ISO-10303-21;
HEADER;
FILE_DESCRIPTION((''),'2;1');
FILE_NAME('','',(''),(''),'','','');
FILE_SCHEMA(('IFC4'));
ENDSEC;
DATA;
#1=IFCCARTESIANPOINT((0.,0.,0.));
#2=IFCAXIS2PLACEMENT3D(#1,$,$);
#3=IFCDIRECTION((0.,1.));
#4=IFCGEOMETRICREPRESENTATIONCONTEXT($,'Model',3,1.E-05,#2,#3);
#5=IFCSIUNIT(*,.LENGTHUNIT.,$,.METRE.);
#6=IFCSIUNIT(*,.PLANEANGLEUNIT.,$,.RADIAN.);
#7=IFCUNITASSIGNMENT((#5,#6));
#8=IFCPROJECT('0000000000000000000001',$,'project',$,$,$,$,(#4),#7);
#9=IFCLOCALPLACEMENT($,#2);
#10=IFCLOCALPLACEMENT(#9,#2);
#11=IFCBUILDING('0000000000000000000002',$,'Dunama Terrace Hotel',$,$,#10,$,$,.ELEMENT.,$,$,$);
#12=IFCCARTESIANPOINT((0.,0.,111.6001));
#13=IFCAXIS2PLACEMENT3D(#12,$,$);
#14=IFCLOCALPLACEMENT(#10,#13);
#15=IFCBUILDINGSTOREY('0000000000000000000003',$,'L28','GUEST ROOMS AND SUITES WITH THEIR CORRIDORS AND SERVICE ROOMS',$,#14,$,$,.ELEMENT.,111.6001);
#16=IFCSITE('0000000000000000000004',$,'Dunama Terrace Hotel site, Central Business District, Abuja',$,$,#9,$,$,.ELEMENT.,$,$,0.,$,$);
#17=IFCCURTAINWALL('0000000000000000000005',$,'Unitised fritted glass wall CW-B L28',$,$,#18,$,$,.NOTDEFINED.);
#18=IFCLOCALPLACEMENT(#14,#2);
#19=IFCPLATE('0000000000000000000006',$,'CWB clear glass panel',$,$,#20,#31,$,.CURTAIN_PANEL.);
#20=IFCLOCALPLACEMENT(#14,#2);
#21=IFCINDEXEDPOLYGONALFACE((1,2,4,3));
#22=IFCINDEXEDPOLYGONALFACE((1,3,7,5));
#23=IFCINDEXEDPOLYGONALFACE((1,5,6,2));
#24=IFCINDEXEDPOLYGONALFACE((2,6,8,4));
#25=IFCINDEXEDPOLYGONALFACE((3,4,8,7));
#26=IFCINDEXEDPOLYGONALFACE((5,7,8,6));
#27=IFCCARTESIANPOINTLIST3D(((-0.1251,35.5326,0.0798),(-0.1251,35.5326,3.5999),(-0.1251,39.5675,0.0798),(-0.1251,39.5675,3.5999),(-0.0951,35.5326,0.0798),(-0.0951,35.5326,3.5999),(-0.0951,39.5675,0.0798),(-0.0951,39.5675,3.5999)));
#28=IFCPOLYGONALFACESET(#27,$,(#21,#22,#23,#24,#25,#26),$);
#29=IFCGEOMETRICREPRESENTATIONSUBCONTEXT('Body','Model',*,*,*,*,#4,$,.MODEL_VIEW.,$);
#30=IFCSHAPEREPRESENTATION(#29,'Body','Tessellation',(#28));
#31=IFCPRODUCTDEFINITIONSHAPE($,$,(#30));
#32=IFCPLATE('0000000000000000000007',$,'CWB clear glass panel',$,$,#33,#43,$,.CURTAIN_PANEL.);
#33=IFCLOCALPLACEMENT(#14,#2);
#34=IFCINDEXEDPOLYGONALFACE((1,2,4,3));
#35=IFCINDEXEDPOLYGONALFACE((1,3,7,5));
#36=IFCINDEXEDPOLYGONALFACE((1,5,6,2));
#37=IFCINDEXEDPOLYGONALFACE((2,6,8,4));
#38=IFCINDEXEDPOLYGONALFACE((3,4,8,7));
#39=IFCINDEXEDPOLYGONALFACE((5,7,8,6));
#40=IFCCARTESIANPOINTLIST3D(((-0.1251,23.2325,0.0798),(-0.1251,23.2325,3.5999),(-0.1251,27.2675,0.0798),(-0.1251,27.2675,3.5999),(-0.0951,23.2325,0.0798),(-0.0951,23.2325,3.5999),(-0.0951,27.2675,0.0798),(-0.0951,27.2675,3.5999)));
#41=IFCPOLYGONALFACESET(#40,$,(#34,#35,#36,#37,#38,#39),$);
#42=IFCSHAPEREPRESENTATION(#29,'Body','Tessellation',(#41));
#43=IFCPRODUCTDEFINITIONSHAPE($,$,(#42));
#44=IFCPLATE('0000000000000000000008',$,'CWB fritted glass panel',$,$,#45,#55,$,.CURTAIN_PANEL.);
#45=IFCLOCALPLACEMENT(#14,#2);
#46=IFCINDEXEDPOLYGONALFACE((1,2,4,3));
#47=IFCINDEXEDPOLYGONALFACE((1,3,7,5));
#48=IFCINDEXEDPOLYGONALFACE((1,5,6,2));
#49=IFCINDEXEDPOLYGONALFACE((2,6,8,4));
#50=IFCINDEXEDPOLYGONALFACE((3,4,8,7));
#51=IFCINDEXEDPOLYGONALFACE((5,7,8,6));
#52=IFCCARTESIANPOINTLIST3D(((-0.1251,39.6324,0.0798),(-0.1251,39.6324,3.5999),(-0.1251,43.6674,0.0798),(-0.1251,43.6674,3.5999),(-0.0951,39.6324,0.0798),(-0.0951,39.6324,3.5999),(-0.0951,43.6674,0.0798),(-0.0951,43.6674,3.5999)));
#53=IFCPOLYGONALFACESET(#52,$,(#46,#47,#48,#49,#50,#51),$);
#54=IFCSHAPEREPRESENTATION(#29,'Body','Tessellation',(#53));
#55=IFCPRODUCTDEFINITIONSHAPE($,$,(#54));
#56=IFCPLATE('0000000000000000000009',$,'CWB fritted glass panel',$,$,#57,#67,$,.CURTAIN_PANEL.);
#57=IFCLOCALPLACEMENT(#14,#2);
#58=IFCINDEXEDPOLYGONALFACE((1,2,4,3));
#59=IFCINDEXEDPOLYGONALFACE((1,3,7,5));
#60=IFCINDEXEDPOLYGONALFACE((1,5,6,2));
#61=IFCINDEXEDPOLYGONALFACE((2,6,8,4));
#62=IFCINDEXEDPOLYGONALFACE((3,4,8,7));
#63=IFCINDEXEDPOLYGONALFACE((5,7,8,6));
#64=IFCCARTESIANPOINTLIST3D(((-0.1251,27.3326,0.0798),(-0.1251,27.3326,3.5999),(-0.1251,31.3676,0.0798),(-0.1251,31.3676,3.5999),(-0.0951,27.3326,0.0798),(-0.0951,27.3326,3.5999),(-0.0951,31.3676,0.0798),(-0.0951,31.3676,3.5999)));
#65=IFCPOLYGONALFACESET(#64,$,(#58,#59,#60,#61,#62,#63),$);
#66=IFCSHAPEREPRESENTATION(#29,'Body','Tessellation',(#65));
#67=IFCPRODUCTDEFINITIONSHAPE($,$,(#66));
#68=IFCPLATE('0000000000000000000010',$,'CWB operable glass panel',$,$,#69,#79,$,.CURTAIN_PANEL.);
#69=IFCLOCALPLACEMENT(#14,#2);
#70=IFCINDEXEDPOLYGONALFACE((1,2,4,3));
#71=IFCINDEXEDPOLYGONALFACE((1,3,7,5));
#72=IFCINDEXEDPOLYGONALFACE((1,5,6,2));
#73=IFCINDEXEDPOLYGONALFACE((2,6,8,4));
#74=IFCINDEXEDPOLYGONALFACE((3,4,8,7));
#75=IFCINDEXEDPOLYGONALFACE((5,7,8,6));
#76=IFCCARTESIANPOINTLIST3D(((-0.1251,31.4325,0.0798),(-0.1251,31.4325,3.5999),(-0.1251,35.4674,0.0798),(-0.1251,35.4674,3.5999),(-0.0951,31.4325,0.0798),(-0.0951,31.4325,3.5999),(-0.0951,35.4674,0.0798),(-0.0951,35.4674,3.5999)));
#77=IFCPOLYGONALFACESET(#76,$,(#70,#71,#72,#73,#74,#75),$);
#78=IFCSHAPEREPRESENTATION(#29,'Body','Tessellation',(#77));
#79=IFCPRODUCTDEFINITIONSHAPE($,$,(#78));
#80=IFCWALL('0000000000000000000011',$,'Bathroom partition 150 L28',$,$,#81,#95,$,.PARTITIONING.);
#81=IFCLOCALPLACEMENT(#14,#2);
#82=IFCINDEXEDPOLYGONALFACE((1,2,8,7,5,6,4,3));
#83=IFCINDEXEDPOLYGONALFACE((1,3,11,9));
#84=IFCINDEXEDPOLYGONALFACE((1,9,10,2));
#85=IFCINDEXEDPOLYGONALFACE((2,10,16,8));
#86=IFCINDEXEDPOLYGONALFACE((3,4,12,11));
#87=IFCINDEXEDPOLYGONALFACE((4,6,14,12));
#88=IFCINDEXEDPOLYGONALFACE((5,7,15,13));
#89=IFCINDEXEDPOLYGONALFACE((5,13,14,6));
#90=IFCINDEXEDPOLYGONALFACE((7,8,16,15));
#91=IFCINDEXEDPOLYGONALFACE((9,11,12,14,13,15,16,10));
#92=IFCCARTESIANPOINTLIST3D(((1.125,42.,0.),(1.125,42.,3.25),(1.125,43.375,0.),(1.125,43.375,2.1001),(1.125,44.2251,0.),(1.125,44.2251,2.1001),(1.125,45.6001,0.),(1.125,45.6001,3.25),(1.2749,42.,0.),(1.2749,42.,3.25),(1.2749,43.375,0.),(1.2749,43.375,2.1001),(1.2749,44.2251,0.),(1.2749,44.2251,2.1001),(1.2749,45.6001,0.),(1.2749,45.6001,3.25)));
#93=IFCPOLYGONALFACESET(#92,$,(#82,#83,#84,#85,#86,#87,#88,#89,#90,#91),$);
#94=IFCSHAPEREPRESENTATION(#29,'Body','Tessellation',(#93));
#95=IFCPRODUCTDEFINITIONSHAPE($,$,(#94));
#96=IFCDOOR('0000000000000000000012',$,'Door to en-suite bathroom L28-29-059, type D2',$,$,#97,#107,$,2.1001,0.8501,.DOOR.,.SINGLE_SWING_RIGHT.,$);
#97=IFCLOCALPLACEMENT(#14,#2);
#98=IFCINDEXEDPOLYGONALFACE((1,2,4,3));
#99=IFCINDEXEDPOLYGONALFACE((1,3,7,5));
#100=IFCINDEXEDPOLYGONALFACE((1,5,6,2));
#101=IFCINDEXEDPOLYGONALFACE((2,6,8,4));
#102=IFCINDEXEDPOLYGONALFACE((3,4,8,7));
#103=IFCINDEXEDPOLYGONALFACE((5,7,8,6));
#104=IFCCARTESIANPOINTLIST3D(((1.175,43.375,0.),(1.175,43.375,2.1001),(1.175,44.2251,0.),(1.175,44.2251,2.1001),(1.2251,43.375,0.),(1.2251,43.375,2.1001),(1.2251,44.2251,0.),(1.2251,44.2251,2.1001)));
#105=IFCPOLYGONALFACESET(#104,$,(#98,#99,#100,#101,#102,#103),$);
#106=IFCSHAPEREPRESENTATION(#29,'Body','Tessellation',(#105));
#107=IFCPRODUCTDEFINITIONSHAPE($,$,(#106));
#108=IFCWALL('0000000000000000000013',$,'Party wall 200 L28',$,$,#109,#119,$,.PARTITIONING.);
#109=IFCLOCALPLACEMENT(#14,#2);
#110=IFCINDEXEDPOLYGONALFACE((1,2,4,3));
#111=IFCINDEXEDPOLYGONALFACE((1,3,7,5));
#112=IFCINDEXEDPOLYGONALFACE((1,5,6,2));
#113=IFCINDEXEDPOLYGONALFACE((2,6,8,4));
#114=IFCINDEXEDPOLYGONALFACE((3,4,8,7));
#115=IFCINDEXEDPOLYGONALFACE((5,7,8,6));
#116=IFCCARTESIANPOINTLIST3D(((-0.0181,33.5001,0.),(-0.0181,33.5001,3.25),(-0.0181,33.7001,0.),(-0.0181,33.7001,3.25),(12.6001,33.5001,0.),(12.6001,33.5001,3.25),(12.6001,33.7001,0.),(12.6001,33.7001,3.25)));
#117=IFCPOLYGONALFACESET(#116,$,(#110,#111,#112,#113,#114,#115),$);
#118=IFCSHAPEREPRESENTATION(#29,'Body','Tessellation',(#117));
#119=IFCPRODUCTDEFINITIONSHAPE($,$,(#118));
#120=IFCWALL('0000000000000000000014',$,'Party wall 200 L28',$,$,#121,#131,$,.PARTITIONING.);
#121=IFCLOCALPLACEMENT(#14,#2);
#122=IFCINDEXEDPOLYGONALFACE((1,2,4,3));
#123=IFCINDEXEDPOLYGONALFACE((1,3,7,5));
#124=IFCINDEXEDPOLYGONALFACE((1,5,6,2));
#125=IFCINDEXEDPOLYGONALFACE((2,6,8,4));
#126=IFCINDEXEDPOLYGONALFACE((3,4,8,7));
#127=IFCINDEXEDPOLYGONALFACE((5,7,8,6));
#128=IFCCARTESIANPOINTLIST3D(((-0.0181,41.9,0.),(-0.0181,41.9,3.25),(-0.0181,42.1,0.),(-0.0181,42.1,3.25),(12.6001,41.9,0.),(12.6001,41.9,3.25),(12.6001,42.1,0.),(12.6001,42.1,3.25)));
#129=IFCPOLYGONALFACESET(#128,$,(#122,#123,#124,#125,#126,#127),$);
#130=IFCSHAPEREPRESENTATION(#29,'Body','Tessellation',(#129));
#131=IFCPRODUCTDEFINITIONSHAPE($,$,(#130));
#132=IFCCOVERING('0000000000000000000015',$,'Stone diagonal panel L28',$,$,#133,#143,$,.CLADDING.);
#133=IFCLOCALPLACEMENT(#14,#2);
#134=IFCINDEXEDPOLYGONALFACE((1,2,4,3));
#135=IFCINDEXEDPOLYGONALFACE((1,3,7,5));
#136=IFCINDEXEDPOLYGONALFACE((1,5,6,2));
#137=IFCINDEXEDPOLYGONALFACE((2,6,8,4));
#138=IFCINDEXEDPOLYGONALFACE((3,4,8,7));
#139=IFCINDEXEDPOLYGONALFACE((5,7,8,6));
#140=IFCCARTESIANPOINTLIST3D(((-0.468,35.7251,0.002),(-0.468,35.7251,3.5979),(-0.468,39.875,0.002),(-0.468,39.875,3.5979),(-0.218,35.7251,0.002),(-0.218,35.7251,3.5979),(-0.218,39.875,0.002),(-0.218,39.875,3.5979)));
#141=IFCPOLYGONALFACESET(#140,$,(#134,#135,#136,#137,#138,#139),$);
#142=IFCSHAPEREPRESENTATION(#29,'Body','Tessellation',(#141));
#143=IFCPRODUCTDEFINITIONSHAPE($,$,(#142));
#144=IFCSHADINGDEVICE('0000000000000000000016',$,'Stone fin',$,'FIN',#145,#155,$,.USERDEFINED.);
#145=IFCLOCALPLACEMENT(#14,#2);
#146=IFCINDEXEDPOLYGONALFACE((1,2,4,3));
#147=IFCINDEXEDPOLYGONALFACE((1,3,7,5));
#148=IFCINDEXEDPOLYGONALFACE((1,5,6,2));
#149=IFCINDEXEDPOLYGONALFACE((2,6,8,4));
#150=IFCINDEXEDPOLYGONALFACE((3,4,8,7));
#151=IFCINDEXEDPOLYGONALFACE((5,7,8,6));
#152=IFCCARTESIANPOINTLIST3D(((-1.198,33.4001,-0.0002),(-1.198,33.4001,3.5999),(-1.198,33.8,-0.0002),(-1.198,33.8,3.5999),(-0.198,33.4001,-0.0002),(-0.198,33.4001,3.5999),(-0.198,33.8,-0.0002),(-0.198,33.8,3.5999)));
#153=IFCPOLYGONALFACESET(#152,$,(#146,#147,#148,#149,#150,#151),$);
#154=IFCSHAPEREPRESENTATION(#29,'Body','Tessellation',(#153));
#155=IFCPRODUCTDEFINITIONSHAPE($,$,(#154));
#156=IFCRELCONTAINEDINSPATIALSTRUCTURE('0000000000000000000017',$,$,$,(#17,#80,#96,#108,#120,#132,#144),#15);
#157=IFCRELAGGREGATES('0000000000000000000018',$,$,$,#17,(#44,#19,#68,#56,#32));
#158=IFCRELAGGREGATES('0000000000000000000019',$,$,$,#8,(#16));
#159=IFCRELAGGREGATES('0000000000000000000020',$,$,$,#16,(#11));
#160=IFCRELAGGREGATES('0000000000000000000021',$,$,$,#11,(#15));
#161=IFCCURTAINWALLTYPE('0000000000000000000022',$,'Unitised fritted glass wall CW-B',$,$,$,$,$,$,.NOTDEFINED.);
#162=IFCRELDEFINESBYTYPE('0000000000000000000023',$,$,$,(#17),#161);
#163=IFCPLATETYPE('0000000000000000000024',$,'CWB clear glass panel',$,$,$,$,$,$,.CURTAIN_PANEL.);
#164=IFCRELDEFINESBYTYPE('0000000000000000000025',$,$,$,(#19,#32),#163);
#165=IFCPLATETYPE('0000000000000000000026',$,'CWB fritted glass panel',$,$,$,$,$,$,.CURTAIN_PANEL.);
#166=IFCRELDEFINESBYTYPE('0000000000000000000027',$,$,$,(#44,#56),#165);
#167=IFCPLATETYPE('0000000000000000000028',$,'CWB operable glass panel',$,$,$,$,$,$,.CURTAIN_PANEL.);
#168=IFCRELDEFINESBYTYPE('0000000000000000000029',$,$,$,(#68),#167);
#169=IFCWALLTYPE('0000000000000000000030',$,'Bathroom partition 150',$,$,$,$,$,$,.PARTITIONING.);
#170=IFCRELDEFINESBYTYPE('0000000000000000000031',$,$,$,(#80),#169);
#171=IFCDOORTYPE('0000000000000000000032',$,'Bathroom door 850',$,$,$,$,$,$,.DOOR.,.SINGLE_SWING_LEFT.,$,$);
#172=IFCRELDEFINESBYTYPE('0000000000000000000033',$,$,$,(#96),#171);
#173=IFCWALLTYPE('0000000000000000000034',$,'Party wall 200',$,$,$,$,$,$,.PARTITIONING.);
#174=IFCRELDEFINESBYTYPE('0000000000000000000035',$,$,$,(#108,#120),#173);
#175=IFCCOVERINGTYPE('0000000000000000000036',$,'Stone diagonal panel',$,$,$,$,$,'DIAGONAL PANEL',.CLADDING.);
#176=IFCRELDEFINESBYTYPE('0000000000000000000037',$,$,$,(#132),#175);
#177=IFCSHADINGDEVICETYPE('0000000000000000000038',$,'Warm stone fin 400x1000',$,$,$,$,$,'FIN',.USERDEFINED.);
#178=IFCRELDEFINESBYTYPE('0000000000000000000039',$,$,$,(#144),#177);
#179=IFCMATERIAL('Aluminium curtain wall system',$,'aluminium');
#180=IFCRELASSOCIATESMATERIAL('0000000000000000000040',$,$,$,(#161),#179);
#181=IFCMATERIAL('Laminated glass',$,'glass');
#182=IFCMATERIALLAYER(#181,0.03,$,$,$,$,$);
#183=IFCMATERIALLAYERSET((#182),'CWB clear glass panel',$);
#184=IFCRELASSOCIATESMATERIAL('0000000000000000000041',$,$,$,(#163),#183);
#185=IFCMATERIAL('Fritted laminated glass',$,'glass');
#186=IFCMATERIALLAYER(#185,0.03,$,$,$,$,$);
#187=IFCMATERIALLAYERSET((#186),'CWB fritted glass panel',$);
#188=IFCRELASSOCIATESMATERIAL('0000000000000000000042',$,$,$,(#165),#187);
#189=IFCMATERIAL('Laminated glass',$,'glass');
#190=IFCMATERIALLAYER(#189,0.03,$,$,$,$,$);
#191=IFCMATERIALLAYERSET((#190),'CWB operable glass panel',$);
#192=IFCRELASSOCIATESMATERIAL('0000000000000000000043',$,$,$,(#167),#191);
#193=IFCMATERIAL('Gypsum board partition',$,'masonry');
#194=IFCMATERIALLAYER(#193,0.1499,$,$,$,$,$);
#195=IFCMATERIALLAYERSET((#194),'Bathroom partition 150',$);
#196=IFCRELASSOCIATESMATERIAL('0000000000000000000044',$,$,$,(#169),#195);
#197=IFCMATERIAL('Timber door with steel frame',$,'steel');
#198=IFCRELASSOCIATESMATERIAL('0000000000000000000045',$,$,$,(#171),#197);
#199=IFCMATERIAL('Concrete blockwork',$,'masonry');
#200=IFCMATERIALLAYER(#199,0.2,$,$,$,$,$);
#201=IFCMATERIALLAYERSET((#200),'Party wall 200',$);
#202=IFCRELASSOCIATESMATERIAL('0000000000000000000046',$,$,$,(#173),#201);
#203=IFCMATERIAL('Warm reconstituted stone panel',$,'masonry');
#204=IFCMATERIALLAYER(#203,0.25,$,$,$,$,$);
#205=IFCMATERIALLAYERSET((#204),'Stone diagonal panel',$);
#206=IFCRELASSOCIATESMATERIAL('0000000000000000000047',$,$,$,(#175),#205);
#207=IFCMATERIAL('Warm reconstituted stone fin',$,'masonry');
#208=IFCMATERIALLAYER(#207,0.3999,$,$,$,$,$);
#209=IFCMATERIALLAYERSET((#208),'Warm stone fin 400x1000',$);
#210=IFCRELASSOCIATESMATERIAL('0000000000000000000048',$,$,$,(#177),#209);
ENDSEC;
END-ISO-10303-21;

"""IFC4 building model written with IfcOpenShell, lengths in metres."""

from ifc_helpers import new_model, si_unit, direction, frame, frame_2d, origin, origin_2d, place, context, subcontext, project, spatial, rectangle, extrude, material, layer, layer_set, type_object, element, fill, aggregate, save


model = new_model("IFC4")

# Units and contexts
model_context = context("Model", 3, precision=1e-05, world=origin(), true_north=direction((0.0, 1.0)))
body_context = subcontext(model_context, "Body", "Model", "MODEL_VIEW")
ifc_project = project(units=[si_unit("LENGTHUNIT", "METRE"), si_unit("PLANEANGLEUNIT", "RADIAN")], contexts=[model_context])

# Site, building, storey
site_placement = place(None, origin())
site = spatial("IfcSite", under=ifc_project, at=site_placement, Name="Dunama Terrace Hotel site, Central Business District, Abuja", CompositionType="ELEMENT", RefElevation=0.0)
building_placement = place(site_placement, origin())
building = spatial("IfcBuilding", under=site, at=building_placement, Name="Dunama Terrace Hotel", CompositionType="ELEMENT")
storey_placement = place(building_placement, frame((0.0, 0.0, 111.6001)))
storey = spatial("IfcBuildingStorey", under=building, at=storey_placement, Name="L28", Description="GUEST ROOMS AND SUITES WITH THEIR CORRIDORS AND SERVICE ROOMS", CompositionType="ELEMENT", Elevation=111.6001)

# Curtain wall
ifc_material_1 = material(Name="Aluminium curtain wall system", Category="aluminium")
curtain_wall_type = type_object("IfcCurtainWallType", Name="Unitised fritted glass wall CW-B", PredefinedType="NOTDEFINED", material=ifc_material_1)
curtain_wall_placement = place(storey_placement, origin())
curtain_wall = element("IfcCurtainWall", 1, at=curtain_wall_placement, inside=storey, type_object=curtain_wall_type, Name="Unitised fritted glass wall CW-B L28", PredefinedType="NOTDEFINED")

# Plates
ifc_material_2 = material(Name="Laminated glass", Category="glass")
ifc_layer_1 = layer(ifc_material_2, 0.03)
ifc_layer_set_1 = layer_set([ifc_layer_1], Name="CWB clear glass panel")
plate_type_1 = type_object("IfcPlateType", Name="CWB clear glass panel", PredefinedType="CURTAIN_PANEL", material=ifc_layer_set_1)
plate_1_placement = place(storey_placement, frame((-0.1101, 37.55, 0.0798), z_axis=(0.0, 0.0, 1.0), x_axis=(0.0, -1.0, 0.0)))
plate_1 = element("IfcPlate", 2, at=plate_1_placement, type_object=plate_type_1, Name="CWB clear glass panel", PredefinedType="CURTAIN_PANEL", context=body_context, shape_type="SweptSolid", body=[
    extrude(rectangle(XDim=4.0349, YDim=0.03, at=origin_2d()), origin(), (0.0, 0.0, 1.0), 3.52),
])
plate_2_placement = place(storey_placement, frame((-0.1101, 25.25, 0.0798), z_axis=(0.0, 0.0, 1.0), x_axis=(0.0, -1.0, 0.0)))
plate_2 = element("IfcPlate", 3, at=plate_2_placement, type_object=plate_type_1, Name="CWB clear glass panel", PredefinedType="CURTAIN_PANEL", context=body_context, shape_type="SweptSolid", body=[
    extrude(rectangle(XDim=4.0349, YDim=0.03, at=origin_2d()), origin(), (0.0, 0.0, 1.0), 3.52),
])
ifc_material_3 = material(Name="Fritted laminated glass", Category="glass")
ifc_layer_2 = layer(ifc_material_3, 0.03)
ifc_layer_set_2 = layer_set([ifc_layer_2], Name="CWB fritted glass panel")
plate_type_2 = type_object("IfcPlateType", Name="CWB fritted glass panel", PredefinedType="CURTAIN_PANEL", material=ifc_layer_set_2)
plate_3_placement = place(storey_placement, frame((-0.1101, 41.6499, 0.0798), z_axis=(0.0, 0.0, 1.0), x_axis=(0.0, -1.0, 0.0)))
plate_3 = element("IfcPlate", 4, at=plate_3_placement, type_object=plate_type_2, Name="CWB fritted glass panel", PredefinedType="CURTAIN_PANEL", context=body_context, shape_type="SweptSolid", body=[
    extrude(rectangle(XDim=4.0349, YDim=0.03, at=origin_2d()), origin(), (0.0, 0.0, 1.0), 3.52),
])
plate_4_placement = place(storey_placement, frame((-0.1101, 29.3501, 0.0798), z_axis=(0.0, 0.0, 1.0), x_axis=(0.0, -1.0, 0.0)))
plate_4 = element("IfcPlate", 5, at=plate_4_placement, type_object=plate_type_2, Name="CWB fritted glass panel", PredefinedType="CURTAIN_PANEL", context=body_context, shape_type="SweptSolid", body=[
    extrude(rectangle(XDim=4.0349, YDim=0.03, at=origin_2d()), origin(), (0.0, 0.0, 1.0), 3.52),
])
ifc_material_4 = material(Name="Laminated glass", Category="glass")
ifc_layer_3 = layer(ifc_material_4, 0.03)
ifc_layer_set_3 = layer_set([ifc_layer_3], Name="CWB operable glass panel")
plate_type_3 = type_object("IfcPlateType", Name="CWB operable glass panel", PredefinedType="CURTAIN_PANEL", material=ifc_layer_set_3)
plate_5_placement = place(storey_placement, frame((-0.1101, 33.45, 0.0798), z_axis=(0.0, 0.0, 1.0), x_axis=(0.0, -1.0, 0.0)))
plate_5 = element("IfcPlate", 6, at=plate_5_placement, type_object=plate_type_3, Name="CWB operable glass panel", PredefinedType="CURTAIN_PANEL", context=body_context, shape_type="SweptSolid", body=[
    extrude(rectangle(XDim=4.0349, YDim=0.03, at=origin_2d()), origin(), (0.0, 0.0, 1.0), 3.52),
])
aggregate(curtain_wall, [plate_3, plate_1, plate_5, plate_4, plate_2])

# Wall, opening, door
ifc_material_5 = material(Name="Gypsum board partition", Category="masonry")
ifc_layer_4 = layer(ifc_material_5, 0.1499)
ifc_layer_set_4 = layer_set([ifc_layer_4], Name="Bathroom partition 150")
wall_type_1 = type_object("IfcWallType", Name="Bathroom partition 150", PredefinedType="PARTITIONING", material=ifc_layer_set_4)
wall_placement = place(storey_placement, frame((1.2, 42.0, 0.0), z_axis=(0.0, 0.0, 1.0), x_axis=(0.0, 1.0, 0.0)))
wall = element("IfcWall", 7, at=wall_placement, inside=storey, type_object=wall_type_1, Name="Bathroom partition 150 L28", PredefinedType="PARTITIONING", context=body_context, shape_type="SweptSolid", body=[
    extrude(rectangle(XDim=3.6001, YDim=0.1499, at=frame_2d((1.8, 0.0))), origin(), (0.0, 0.0, 1.0), 3.25),
])
opening_placement = place(wall_placement, frame((1.375, 0.0, 0.0)))
opening = element("IfcOpeningElement", 8, at=opening_placement, cuts=wall, PredefinedType="OPENING", context=body_context, shape_type="SweptSolid", body=[
    extrude(rectangle(XDim=0.8501, YDim=2.1001, at=frame_2d((0.425, 1.05))), frame((0.0, 0.085, 0.0), z_axis=(0.0, -1.0, 0.0), x_axis=(1.0, 0.0, 0.0)), (0.0, 0.0, 1.0), 0.1699),
])
ifc_material_6 = material(Name="Timber door with steel frame", Category="steel")
door_type = type_object("IfcDoorType", Name="Bathroom door 850", OperationType="SINGLE_SWING_LEFT", PredefinedType="DOOR", material=ifc_material_6)
door_placement = place(opening_placement, frame((0.8501, 0.0, 0.0), z_axis=(0.0, 0.0, 1.0), x_axis=(-1.0, 0.0, 0.0)))
door = element("IfcDoor", 9, at=door_placement, inside=storey, type_object=door_type, Name="Door to en-suite bathroom L28-29-059, type D2", OperationType="SINGLE_SWING_RIGHT", OverallHeight=2.1001, OverallWidth=0.8501, PredefinedType="DOOR", context=body_context, shape_type="SweptSolid", body=[
    extrude(rectangle(XDim=0.8501, YDim=2.1001, at=frame_2d((0.425, 1.05))), frame((0.0, 0.0251, 0.0), z_axis=(0.0, -1.0, 0.0), x_axis=(1.0, 0.0, 0.0)), (0.0, 0.0, 1.0), 0.05),
])
fill(opening, door)

# Walls
ifc_material_7 = material(Name="Concrete blockwork", Category="masonry")
ifc_layer_5 = layer(ifc_material_7, 0.2)
ifc_layer_set_5 = layer_set([ifc_layer_5], Name="Party wall 200")
wall_type_2 = type_object("IfcWallType", Name="Party wall 200", PredefinedType="PARTITIONING", material=ifc_layer_set_5)
for number, where, z_axis, x_axis, name in (
    (10, (-0.0181, 33.6001, 0.0), (0.0, 0.0, 1.0), (1.0, 0.0, 0.0), "Party wall 200 L28"),
    (11, (-0.0181, 42.0, 0.0), (0.0, 0.0, 1.0), (1.0, 0.0, 0.0), "Party wall 200 L28"),
):
    element("IfcWall", number, at=place(storey_placement, frame(where, z_axis=z_axis, x_axis=x_axis)), inside=storey, type_object=wall_type_2, Name=name, PredefinedType="PARTITIONING", context=body_context, shape_type="SweptSolid", body=[
        extrude(rectangle(XDim=12.6182, YDim=0.2, at=frame_2d((6.3091, 0.0))), origin(), (0.0, 0.0, 1.0), 3.25),
    ])

# Covering
ifc_material_8 = material(Name="Warm reconstituted stone panel", Category="masonry")
ifc_layer_6 = layer(ifc_material_8, 0.25)
ifc_layer_set_6 = layer_set([ifc_layer_6], Name="Stone diagonal panel")
covering_type = type_object("IfcCoveringType", Name="Stone diagonal panel", ElementType="DIAGONAL PANEL", PredefinedType="CLADDING", material=ifc_layer_set_6)
covering_placement = place(storey_placement, frame((-0.343, 37.8, 0.002), z_axis=(0.0, 0.0, 1.0), x_axis=(0.0, -1.0, 0.0)))
element("IfcCovering", 12, at=covering_placement, inside=storey, type_object=covering_type, Name="Stone diagonal panel L28", PredefinedType="CLADDING", context=body_context, shape_type="SweptSolid", body=[
    extrude(rectangle(XDim=4.1499, YDim=0.25, at=origin_2d()), origin(), (0.0, 0.0, 1.0), 3.5959),
])

# Shading device
ifc_material_9 = material(Name="Warm reconstituted stone fin", Category="masonry")
ifc_layer_7 = layer(ifc_material_9, 0.3999)
ifc_layer_set_7 = layer_set([ifc_layer_7], Name="Warm stone fin 400x1000")
shading_device_type = type_object("IfcShadingDeviceType", Name="Warm stone fin 400x1000", ElementType="FIN", PredefinedType="USERDEFINED", material=ifc_layer_set_7)
shading_device_placement = place(storey_placement, frame((-0.698, 33.6001, -0.0002), z_axis=(0.0, 0.0, 1.0), x_axis=(0.0, -1.0, 0.0)))
element("IfcShadingDevice", 13, at=shading_device_placement, inside=storey, type_object=shading_device_type, Name="Stone fin", ObjectType="FIN", PredefinedType="USERDEFINED", context=body_context, shape_type="SweptSolid", body=[
    extrude(rectangle(XDim=0.3999, YDim=1.0, at=origin_2d()), origin(), (0.0, 0.0, 1.0), 3.6001),
])

save(model, "model.ifc")
